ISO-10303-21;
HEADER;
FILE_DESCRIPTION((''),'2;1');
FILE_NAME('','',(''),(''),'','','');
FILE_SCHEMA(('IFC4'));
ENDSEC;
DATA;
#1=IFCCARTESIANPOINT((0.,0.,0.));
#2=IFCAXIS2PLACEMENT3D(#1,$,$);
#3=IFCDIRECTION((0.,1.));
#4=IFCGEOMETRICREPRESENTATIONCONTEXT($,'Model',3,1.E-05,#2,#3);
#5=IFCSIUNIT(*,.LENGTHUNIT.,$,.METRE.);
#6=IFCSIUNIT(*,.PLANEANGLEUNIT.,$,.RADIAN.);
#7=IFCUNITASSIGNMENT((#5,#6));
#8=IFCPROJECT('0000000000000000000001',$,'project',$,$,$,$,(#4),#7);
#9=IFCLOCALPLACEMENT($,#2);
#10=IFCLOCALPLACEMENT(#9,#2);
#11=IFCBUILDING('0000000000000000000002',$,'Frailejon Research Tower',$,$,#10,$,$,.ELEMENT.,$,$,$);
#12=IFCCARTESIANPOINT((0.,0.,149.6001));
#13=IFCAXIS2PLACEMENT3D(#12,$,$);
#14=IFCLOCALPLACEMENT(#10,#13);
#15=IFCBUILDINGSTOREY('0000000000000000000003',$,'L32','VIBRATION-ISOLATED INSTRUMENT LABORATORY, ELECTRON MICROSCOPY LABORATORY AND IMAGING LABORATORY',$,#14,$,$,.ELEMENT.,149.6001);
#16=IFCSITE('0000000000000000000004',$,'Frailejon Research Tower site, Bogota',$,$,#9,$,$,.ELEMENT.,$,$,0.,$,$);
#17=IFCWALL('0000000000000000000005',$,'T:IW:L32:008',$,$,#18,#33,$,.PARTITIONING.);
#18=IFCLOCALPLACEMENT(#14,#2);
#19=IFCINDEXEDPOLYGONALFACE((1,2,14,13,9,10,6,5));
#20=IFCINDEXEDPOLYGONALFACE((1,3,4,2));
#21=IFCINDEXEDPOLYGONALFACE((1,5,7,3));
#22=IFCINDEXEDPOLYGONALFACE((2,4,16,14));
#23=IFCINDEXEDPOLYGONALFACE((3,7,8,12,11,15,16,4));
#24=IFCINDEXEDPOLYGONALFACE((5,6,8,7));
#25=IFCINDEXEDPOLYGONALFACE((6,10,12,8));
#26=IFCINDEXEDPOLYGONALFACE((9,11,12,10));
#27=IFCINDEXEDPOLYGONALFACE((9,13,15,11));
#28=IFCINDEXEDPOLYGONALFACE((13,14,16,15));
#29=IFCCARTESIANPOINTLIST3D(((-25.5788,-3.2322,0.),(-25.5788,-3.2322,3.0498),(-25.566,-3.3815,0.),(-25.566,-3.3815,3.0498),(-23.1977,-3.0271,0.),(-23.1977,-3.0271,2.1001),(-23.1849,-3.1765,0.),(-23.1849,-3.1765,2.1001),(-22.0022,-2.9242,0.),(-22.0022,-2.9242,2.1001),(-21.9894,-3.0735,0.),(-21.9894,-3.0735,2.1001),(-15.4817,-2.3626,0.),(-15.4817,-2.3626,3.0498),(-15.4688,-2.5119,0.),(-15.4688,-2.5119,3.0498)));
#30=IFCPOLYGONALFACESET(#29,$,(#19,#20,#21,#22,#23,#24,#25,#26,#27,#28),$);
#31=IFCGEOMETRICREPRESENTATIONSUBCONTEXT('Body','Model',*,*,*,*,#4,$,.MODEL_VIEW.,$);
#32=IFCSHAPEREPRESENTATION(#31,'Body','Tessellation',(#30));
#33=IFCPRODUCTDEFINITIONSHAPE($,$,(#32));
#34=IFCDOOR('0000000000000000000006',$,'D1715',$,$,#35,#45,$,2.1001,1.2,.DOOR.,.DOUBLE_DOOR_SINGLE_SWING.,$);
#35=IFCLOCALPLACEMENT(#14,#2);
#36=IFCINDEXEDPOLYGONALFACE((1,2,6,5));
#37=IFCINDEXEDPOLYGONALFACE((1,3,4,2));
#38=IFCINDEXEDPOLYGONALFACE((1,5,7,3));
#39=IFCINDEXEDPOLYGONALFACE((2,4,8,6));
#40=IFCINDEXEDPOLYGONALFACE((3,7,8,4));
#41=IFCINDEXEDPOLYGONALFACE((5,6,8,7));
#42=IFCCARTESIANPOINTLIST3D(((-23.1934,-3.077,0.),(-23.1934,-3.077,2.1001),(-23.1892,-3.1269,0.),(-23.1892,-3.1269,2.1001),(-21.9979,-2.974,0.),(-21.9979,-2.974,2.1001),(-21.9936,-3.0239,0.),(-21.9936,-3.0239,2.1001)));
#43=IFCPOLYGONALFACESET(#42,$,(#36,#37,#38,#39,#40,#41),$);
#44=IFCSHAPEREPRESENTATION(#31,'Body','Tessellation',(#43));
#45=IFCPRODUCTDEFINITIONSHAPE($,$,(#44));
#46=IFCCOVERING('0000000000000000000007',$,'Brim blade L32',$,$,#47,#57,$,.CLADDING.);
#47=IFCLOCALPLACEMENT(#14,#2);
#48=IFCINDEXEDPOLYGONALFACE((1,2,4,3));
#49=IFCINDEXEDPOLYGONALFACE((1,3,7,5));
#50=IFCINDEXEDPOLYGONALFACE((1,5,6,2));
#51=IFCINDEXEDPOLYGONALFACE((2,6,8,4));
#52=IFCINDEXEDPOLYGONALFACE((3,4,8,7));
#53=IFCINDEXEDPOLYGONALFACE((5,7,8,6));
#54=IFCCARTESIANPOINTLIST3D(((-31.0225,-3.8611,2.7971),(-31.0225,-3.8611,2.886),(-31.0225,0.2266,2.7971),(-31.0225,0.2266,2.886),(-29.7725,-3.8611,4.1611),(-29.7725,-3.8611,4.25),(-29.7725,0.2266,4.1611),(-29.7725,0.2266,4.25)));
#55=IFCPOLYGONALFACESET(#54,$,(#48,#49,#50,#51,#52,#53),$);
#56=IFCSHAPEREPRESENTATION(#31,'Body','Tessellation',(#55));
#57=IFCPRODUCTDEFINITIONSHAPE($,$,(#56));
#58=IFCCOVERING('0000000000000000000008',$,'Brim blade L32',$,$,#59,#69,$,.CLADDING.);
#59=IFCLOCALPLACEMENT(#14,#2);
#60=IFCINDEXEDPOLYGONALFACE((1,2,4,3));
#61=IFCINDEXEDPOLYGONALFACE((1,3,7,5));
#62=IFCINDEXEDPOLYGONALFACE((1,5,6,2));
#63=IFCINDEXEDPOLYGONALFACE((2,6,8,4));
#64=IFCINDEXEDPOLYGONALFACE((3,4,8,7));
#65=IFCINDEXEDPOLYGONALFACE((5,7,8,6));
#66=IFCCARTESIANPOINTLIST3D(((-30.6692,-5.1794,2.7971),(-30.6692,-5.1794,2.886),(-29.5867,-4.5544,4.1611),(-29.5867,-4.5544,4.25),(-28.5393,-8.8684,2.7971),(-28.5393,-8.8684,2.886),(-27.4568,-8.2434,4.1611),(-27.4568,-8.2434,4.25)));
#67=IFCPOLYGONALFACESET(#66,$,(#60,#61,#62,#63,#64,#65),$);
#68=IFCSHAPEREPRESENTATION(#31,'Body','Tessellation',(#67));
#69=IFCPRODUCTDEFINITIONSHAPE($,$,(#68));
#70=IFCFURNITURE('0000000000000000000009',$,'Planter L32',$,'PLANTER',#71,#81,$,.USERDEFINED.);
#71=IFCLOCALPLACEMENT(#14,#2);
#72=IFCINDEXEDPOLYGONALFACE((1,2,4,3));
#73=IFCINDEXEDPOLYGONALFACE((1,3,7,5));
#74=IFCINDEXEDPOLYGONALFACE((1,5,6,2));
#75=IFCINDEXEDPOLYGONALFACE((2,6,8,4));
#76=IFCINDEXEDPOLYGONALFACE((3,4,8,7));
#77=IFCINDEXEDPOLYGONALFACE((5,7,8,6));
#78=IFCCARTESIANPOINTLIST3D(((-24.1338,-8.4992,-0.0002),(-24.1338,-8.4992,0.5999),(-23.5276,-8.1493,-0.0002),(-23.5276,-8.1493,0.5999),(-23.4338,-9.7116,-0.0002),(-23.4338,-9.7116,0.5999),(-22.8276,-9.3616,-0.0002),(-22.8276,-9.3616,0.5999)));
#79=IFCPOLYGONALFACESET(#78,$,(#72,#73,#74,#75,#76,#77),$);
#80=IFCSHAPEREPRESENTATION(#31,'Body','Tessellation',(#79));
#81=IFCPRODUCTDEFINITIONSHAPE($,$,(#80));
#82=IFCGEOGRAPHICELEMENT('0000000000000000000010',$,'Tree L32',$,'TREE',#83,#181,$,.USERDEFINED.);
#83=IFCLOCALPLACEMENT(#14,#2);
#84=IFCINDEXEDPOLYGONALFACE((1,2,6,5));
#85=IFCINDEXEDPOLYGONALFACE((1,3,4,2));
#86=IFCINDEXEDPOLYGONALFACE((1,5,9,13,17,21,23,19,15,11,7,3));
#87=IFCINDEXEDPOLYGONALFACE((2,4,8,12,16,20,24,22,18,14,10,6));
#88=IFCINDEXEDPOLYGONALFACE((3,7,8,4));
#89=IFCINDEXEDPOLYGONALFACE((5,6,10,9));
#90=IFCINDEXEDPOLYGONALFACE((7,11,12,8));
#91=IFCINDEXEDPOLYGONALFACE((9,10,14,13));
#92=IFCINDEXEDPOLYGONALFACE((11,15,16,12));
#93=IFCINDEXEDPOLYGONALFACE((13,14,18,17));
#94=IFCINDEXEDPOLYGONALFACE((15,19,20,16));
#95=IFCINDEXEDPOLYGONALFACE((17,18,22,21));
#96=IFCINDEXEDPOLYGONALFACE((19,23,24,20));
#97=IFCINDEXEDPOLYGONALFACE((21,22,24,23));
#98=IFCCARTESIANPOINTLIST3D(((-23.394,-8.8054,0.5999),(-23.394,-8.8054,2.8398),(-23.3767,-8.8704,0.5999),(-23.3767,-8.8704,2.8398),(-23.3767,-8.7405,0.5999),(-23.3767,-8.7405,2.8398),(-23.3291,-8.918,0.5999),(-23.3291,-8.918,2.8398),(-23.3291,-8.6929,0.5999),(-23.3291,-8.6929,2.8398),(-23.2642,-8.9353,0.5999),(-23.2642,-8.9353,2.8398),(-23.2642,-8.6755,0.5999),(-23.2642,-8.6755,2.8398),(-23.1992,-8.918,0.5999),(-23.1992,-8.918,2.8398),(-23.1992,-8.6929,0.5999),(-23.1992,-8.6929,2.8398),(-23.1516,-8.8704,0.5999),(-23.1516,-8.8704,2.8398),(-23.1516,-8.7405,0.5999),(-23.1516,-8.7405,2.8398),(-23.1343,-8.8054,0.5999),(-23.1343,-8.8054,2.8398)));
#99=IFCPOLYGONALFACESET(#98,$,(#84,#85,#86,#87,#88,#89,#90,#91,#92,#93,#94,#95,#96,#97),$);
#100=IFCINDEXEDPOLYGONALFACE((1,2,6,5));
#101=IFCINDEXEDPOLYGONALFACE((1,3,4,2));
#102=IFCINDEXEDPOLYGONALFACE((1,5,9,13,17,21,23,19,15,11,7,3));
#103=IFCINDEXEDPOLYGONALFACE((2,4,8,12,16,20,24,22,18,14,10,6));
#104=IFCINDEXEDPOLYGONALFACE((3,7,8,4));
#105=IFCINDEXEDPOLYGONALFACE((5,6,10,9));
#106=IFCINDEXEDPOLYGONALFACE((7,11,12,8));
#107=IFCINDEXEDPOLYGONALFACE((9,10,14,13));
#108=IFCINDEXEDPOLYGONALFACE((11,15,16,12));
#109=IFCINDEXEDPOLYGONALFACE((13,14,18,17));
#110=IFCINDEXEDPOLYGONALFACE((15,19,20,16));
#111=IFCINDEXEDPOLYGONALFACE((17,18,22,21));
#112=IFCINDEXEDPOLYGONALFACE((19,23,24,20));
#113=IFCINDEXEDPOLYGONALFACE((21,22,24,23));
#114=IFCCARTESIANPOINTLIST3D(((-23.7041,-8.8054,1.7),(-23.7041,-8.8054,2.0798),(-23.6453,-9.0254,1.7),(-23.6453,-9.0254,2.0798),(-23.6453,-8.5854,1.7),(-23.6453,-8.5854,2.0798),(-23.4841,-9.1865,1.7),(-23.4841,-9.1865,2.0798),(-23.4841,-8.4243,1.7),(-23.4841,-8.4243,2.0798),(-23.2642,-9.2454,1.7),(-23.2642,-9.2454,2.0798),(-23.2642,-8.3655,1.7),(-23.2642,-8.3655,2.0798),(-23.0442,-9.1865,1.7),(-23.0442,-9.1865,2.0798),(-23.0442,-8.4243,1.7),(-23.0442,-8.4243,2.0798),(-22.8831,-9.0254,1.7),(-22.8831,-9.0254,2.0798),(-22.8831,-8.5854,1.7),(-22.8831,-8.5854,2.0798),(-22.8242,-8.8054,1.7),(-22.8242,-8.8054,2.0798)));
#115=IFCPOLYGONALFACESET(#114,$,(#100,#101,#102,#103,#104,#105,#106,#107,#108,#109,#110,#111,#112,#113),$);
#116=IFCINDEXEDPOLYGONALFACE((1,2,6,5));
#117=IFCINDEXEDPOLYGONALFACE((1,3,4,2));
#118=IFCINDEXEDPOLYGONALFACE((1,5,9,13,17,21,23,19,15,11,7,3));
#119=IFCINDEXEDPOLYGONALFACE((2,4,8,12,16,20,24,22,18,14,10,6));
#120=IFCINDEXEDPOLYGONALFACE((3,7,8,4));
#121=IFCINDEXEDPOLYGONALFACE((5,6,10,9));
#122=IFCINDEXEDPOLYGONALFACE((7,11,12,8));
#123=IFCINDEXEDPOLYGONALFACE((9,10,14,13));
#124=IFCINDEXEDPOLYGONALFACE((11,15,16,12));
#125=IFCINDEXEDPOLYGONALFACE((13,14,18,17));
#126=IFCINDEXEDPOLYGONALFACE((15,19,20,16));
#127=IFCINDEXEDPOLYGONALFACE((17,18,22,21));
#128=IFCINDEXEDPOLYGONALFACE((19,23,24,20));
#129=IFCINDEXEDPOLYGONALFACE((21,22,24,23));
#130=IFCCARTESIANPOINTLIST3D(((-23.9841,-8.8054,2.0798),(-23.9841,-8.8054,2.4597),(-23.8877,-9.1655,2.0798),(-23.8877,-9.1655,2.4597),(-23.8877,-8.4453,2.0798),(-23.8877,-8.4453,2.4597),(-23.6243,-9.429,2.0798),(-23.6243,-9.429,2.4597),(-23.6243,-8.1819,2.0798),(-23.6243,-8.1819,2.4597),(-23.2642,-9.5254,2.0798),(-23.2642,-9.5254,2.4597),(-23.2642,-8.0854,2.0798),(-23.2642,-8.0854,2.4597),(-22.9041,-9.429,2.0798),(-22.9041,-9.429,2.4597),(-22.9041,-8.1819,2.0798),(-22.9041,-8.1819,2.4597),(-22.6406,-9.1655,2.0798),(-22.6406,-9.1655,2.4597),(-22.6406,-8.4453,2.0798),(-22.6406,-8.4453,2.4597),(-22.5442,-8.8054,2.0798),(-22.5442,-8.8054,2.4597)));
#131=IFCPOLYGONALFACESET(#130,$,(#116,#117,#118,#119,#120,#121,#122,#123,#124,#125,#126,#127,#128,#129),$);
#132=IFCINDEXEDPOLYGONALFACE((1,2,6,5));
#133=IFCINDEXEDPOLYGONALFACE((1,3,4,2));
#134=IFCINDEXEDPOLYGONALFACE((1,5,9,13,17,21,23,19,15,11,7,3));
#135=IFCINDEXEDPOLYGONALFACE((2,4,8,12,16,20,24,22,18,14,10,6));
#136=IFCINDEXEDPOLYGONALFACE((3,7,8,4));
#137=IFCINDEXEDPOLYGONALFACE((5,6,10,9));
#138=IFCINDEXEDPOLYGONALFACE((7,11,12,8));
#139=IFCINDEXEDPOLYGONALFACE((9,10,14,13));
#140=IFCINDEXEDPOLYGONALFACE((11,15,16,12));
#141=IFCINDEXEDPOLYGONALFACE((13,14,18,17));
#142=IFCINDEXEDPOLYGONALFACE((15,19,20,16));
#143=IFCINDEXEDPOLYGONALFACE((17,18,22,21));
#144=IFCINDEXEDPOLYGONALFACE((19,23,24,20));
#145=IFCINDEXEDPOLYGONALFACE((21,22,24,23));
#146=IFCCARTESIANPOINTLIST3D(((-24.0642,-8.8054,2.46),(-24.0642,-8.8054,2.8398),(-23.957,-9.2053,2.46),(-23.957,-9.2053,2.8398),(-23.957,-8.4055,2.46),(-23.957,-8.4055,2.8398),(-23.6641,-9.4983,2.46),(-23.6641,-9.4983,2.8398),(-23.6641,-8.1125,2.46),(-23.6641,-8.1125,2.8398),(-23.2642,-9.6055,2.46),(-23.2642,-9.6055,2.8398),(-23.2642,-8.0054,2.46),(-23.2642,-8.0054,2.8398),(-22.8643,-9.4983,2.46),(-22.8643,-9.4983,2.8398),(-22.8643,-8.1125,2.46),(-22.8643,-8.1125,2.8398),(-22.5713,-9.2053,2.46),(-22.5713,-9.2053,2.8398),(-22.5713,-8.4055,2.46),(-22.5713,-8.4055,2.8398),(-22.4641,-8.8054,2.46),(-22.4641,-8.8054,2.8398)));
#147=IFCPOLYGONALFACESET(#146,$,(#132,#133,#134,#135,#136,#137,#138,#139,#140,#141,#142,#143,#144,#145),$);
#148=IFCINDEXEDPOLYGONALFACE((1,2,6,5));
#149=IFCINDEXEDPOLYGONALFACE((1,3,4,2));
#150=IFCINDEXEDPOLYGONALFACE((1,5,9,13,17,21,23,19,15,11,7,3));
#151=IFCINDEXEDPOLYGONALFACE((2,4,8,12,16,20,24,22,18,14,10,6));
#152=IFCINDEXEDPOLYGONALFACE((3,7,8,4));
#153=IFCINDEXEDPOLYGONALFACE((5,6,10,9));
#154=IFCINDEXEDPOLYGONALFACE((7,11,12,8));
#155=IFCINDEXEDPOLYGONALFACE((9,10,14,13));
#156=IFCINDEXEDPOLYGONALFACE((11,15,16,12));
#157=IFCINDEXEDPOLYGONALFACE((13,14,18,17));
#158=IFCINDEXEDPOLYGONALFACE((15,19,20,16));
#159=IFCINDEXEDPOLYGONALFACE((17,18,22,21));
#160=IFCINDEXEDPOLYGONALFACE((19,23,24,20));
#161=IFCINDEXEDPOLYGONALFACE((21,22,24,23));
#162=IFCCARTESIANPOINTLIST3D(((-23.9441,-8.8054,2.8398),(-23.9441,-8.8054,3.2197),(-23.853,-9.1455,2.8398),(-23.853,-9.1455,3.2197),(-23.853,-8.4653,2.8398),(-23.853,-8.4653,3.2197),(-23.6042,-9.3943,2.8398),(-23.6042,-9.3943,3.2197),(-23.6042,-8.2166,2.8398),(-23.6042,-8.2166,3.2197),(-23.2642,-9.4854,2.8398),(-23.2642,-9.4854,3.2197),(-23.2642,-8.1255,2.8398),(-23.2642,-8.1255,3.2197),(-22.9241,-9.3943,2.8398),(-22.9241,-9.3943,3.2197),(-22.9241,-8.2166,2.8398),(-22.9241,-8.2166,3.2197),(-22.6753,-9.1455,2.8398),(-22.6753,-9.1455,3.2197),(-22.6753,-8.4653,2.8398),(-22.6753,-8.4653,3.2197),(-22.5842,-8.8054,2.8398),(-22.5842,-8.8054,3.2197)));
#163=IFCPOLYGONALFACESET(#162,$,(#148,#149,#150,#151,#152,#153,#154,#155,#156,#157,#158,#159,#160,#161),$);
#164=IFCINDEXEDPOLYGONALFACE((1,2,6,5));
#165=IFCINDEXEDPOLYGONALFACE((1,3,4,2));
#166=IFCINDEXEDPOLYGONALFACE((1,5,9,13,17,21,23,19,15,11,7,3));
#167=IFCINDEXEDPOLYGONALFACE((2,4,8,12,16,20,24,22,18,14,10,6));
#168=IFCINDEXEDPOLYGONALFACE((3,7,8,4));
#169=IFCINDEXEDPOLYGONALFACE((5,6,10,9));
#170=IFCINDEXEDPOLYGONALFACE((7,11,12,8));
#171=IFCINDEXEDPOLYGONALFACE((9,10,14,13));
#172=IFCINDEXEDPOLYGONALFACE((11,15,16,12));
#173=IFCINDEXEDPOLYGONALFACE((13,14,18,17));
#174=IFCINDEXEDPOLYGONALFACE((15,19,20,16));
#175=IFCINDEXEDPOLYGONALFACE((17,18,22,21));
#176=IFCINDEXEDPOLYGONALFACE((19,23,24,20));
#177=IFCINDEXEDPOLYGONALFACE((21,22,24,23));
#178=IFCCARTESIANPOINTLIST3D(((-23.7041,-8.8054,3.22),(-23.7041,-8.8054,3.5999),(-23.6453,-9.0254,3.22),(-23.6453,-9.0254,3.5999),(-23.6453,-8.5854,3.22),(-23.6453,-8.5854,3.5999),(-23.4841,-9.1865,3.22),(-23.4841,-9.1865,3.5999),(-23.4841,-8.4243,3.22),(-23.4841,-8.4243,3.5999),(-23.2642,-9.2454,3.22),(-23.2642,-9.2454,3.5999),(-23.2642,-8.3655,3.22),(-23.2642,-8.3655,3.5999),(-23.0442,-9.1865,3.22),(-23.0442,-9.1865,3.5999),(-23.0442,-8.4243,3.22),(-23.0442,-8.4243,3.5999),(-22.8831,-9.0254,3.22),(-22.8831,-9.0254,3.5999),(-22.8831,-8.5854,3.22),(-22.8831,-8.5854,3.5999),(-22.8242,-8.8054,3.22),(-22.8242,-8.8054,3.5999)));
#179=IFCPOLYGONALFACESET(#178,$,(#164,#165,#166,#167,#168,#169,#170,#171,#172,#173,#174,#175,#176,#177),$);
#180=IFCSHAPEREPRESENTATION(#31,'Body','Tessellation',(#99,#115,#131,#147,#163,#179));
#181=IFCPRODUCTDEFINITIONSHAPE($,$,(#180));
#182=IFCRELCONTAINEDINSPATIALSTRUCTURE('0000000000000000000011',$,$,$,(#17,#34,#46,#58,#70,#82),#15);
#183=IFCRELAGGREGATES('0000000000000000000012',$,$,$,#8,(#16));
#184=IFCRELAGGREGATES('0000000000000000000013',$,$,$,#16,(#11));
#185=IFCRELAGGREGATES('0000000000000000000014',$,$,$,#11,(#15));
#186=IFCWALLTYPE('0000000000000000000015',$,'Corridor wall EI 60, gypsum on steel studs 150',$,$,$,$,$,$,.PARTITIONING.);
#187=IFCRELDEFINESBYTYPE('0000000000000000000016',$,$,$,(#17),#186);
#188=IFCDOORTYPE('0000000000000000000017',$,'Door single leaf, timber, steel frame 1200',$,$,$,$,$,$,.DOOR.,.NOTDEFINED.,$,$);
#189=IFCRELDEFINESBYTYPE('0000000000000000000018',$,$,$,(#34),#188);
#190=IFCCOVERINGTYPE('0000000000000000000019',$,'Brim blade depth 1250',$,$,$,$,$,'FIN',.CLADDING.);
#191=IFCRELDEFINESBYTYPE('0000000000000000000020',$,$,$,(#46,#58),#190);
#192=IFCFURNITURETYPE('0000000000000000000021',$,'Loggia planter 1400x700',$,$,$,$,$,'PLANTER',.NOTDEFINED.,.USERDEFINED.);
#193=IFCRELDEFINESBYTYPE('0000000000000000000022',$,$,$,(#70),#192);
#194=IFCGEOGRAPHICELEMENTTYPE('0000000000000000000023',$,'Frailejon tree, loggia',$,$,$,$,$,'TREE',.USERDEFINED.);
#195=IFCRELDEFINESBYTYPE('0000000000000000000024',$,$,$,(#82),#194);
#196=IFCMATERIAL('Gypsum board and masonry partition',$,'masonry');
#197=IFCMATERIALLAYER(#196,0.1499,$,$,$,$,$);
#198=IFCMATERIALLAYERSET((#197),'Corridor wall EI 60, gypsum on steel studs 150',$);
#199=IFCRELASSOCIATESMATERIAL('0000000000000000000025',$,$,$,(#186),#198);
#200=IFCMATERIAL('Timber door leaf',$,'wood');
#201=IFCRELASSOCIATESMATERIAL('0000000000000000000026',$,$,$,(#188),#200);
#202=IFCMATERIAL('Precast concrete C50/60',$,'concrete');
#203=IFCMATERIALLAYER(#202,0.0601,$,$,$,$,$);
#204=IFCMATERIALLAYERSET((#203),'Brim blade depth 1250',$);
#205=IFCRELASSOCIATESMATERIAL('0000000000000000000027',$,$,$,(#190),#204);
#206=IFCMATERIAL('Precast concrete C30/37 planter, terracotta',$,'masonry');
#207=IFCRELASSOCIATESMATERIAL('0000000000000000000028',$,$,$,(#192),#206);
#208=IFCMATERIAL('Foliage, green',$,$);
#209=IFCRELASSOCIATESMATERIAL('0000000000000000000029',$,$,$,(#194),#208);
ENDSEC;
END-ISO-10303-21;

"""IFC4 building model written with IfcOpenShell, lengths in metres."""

from ifc_helpers import new_model, si_unit, direction, frame, frame_2d, origin, origin_2d, place, context, subcontext, project, spatial, polyline, rectangle, outline, extrude, material, layer, layer_set, type_object, element, fill, save


model = new_model("IFC4")

# Units and contexts
model_context = context("Model", 3, precision=1e-05, world=origin(), true_north=direction((0.0, 1.0)))
body_context = subcontext(model_context, "Body", "Model", "MODEL_VIEW")
ifc_project = project(units=[si_unit("LENGTHUNIT", "METRE"), si_unit("PLANEANGLEUNIT", "RADIAN")], contexts=[model_context])

# Site, building, storey
site_placement = place(None, origin())
site = spatial("IfcSite", under=ifc_project, at=site_placement, Name="Frailejon Research Tower site, Bogota", CompositionType="ELEMENT", RefElevation=0.0)
building_placement = place(site_placement, origin())
building = spatial("IfcBuilding", under=site, at=building_placement, Name="Frailejon Research Tower", CompositionType="ELEMENT")
storey_placement = place(building_placement, frame((0.0, 0.0, 149.6001)))
storey = spatial("IfcBuildingStorey", under=building, at=storey_placement, Name="L32", Description="VIBRATION-ISOLATED INSTRUMENT LABORATORY, ELECTRON MICROSCOPY LABORATORY AND IMAGING LABORATORY", CompositionType="ELEMENT", Elevation=149.6001)

# Shared definitions
ifc_material_1 = material(Name="Gypsum board and masonry partition", Category="masonry")
ifc_layer_1 = layer(ifc_material_1, 0.1499)
ifc_layer_set_1 = layer_set([ifc_layer_1], Name="Corridor wall EI 60, gypsum on steel studs 150")
wall_type_1 = type_object("IfcWallType", Name="Corridor wall EI 60, gypsum on steel studs 150", PredefinedType="PARTITIONING", material=ifc_layer_set_1)

# Wall, opening, door
wall_1_placement = place(storey_placement, frame((-25.5725, -3.3069, 0.0), z_axis=(0.0, 0.0, 1.0), x_axis=(0.996312, 0.085808, 0.0)))
wall_1 = element("IfcWall", 1, at=wall_1_placement, inside=storey, type_object=wall_type_1, Name="T:IW:L32:008", PredefinedType="PARTITIONING", context=body_context, shape_type="SweptSolid", body=[
    extrude(rectangle(XDim=10.1345, YDim=0.1499, at=frame_2d((5.0674, 0.0))), origin(), (0.0, 0.0, 1.0), 3.0498),
])
opening_1_placement = place(wall_1_placement, frame((2.3899, 0.0, 0.0)))
opening_1 = element("IfcOpeningElement", 2, at=opening_1_placement, cuts=wall_1, PredefinedType="OPENING", context=body_context, shape_type="SweptSolid", body=[
    extrude(rectangle(XDim=1.2, YDim=2.1001, at=frame_2d((0.6001, 1.05))), frame((0.0, 0.085, 0.0), z_axis=(0.0, -1.0, 0.0), x_axis=(1.0, 0.0, 0.0)), (0.0, 0.0, 1.0), 0.1699),
])
ifc_material_2 = material(Name="Timber door leaf", Category="wood")
door_type_1 = type_object("IfcDoorType", Name="Door single leaf, timber, steel frame 1200", OperationType="NOTDEFINED", PredefinedType="DOOR", material=ifc_material_2)
door_1_placement = place(opening_1_placement, origin())
door_1 = element("IfcDoor", 3, at=door_1_placement, inside=storey, type_object=door_type_1, Name="D1715", OperationType="DOUBLE_DOOR_SINGLE_SWING", OverallHeight=2.1001, OverallWidth=1.2, PredefinedType="DOOR", context=body_context, shape_type="SweptSolid", body=[
    extrude(rectangle(XDim=1.2, YDim=2.1001, at=frame_2d((0.6001, 1.05))), frame((0.0, 0.0249, 0.0), z_axis=(0.0, -1.0, 0.0), x_axis=(1.0, 0.0, 0.0)), (0.0, 0.0, 1.0), 0.05),
])
fill(opening_1, door_1)

# Coverings
ifc_material_3 = material(Name="Precast concrete C50/60", Category="concrete")
ifc_layer_2 = layer(ifc_material_3, 0.0601)
ifc_layer_set_2 = layer_set([ifc_layer_2], Name="Brim blade depth 1250")
covering_type = type_object("IfcCoveringType", Name="Brim blade depth 1250", ElementType="FIN", PredefinedType="CLADDING", material=ifc_layer_set_2)
covering_1_placement = place(storey_placement, frame((-29.7725, -3.8611, 4.25), z_axis=(0.0, 1.0, 0.0), x_axis=(-1.0, 0.0, 0.0)))
element("IfcCovering", 4, at=covering_1_placement, inside=storey, type_object=covering_type, Name="Brim blade L32", PredefinedType="CLADDING", context=body_context, shape_type="SweptSolid", body=[
    extrude(outline(polyline([(0.0, -0.0889), (1.25, -1.4529), (1.25, -1.364), (0.0, 0.0), (0.0, -0.0889)])), origin(), (0.0, 0.0, 1.0), 4.0876),
])
covering_2_placement = place(storey_placement, frame((-27.4568, -8.2434, 4.25), z_axis=(-0.50001, 0.86602, 0.0), x_axis=(-0.86602, -0.50001, 0.0)))
element("IfcCovering", 5, at=covering_2_placement, inside=storey, type_object=covering_type, Name="Brim blade L32", PredefinedType="CLADDING", context=body_context, shape_type="SweptSolid", body=[
    extrude(outline(polyline([(0.0, -0.0889), (1.25, -1.4529), (1.25, -1.364), (0.0, 0.0), (0.0, -0.0889)])), origin(), (0.0, 0.0, 1.0), 4.2598),
])

# Furniture
ifc_material_4 = material(Name="Precast concrete C30/37 planter, terracotta", Category="masonry")
furniture_type = type_object("IfcFurnitureType", Name="Loggia planter 1400x700", ElementType="PLANTER", AssemblyPlace="NOTDEFINED", PredefinedType="USERDEFINED", material=ifc_material_4)
furniture_placement = place(storey_placement, frame((-23.4807, -8.9304, -0.0002), z_axis=(0.0, 0.0, 1.0), x_axis=(0.5, -0.866025, 0.0)))
element("IfcFurniture", 6, at=furniture_placement, inside=storey, type_object=furniture_type, Name="Planter L32", ObjectType="PLANTER", PredefinedType="USERDEFINED", context=body_context, shape_type="SweptSolid", body=[
    extrude(rectangle(XDim=1.3999, YDim=0.7, at=origin_2d()), origin(), (0.0, 0.0, 1.0), 0.6001),
])

# Geographic element
ifc_material_5 = material(Name="Foliage, green")
geographic_element_type = type_object("IfcGeographicElementType", Name="Frailejon tree, loggia", ElementType="TREE", PredefinedType="USERDEFINED", material=ifc_material_5)
geographic_element_placement = place(storey_placement, frame((-23.2642, -8.8054, 0.5999)))
element("IfcGeographicElement", 7, at=geographic_element_placement, inside=storey, type_object=geographic_element_type, Name="Tree L32", ObjectType="TREE", PredefinedType="USERDEFINED", context=body_context, shape_type="SweptSolid", body=[
    extrude(outline(polyline([(0.1299, 0.0), (0.1125, 0.0649), (0.0649, 0.1125), (0.0, 0.1299), (-0.0649, 0.1125), (-0.1125, 0.0649), (-0.1299, 0.0), (-0.1125, -0.0649), (-0.0649, -0.1125), (0.0, -0.1299), (0.0649, -0.1125), (0.1125, -0.0649), (0.1299, 0.0)])), origin(), (0.0, 0.0, 1.0), 2.24),
    extrude(outline(polyline([(0.4399, 0.0), (0.3811, 0.22), (0.22, 0.3811), (0.0, 0.4399), (-0.22, 0.3811), (-0.3811, 0.22), (-0.4399, 0.0), (-0.3811, -0.22), (-0.22, -0.3811), (0.0, -0.4399), (0.22, -0.3811), (0.3811, -0.22), (0.4399, 0.0)])), frame((0.0, 0.0, 1.1001)), (0.0, 0.0, 1.0), 0.3799),
    extrude(outline(polyline([(0.72, 0.0), (0.6235, 0.3601), (0.3601, 0.6235), (0.0, 0.72), (-0.3601, 0.6235), (-0.6235, 0.3601), (-0.72, 0.0), (-0.6235, -0.3601), (-0.3601, -0.6235), (0.0, -0.72), (0.3601, -0.6235), (0.6235, -0.3601), (0.72, 0.0)])), frame((0.0, 0.0, 1.48)), (0.0, 0.0, 1.0), 0.3799),
    extrude(outline(polyline([(0.8, 0.0), (0.6929, 0.3999), (0.3999, 0.6929), (0.0, 0.8), (-0.3999, 0.6929), (-0.6929, 0.3999), (-0.8, 0.0), (-0.6929, -0.3999), (-0.3999, -0.6929), (0.0, -0.8), (0.3999, -0.6929), (0.6929, -0.3999), (0.8, 0.0)])), frame((0.0, 0.0, 1.8601)), (0.0, 0.0, 1.0), 0.3799),
    extrude(outline(polyline([(0.6799, 0.0), (0.5889, 0.3401), (0.3401, 0.5889), (0.0, 0.6799), (-0.3401, 0.5889), (-0.5889, 0.3401), (-0.6799, 0.0), (-0.5889, -0.3401), (-0.3401, -0.5889), (0.0, -0.6799), (0.3401, -0.5889), (0.5889, -0.3401), (0.6799, 0.0)])), frame((0.0, 0.0, 2.24)), (0.0, 0.0, 1.0), 0.3799),
    extrude(outline(polyline([(0.4399, 0.0), (0.3811, 0.22), (0.22, 0.3811), (0.0, 0.4399), (-0.22, 0.3811), (-0.3811, 0.22), (-0.4399, 0.0), (-0.3811, -0.22), (-0.22, -0.3811), (0.0, -0.4399), (0.22, -0.3811), (0.3811, -0.22), (0.4399, 0.0)])), frame((0.0, 0.0, 2.6201)), (0.0, 0.0, 1.0), 0.3799),
])

save(model, "model.ifc")
